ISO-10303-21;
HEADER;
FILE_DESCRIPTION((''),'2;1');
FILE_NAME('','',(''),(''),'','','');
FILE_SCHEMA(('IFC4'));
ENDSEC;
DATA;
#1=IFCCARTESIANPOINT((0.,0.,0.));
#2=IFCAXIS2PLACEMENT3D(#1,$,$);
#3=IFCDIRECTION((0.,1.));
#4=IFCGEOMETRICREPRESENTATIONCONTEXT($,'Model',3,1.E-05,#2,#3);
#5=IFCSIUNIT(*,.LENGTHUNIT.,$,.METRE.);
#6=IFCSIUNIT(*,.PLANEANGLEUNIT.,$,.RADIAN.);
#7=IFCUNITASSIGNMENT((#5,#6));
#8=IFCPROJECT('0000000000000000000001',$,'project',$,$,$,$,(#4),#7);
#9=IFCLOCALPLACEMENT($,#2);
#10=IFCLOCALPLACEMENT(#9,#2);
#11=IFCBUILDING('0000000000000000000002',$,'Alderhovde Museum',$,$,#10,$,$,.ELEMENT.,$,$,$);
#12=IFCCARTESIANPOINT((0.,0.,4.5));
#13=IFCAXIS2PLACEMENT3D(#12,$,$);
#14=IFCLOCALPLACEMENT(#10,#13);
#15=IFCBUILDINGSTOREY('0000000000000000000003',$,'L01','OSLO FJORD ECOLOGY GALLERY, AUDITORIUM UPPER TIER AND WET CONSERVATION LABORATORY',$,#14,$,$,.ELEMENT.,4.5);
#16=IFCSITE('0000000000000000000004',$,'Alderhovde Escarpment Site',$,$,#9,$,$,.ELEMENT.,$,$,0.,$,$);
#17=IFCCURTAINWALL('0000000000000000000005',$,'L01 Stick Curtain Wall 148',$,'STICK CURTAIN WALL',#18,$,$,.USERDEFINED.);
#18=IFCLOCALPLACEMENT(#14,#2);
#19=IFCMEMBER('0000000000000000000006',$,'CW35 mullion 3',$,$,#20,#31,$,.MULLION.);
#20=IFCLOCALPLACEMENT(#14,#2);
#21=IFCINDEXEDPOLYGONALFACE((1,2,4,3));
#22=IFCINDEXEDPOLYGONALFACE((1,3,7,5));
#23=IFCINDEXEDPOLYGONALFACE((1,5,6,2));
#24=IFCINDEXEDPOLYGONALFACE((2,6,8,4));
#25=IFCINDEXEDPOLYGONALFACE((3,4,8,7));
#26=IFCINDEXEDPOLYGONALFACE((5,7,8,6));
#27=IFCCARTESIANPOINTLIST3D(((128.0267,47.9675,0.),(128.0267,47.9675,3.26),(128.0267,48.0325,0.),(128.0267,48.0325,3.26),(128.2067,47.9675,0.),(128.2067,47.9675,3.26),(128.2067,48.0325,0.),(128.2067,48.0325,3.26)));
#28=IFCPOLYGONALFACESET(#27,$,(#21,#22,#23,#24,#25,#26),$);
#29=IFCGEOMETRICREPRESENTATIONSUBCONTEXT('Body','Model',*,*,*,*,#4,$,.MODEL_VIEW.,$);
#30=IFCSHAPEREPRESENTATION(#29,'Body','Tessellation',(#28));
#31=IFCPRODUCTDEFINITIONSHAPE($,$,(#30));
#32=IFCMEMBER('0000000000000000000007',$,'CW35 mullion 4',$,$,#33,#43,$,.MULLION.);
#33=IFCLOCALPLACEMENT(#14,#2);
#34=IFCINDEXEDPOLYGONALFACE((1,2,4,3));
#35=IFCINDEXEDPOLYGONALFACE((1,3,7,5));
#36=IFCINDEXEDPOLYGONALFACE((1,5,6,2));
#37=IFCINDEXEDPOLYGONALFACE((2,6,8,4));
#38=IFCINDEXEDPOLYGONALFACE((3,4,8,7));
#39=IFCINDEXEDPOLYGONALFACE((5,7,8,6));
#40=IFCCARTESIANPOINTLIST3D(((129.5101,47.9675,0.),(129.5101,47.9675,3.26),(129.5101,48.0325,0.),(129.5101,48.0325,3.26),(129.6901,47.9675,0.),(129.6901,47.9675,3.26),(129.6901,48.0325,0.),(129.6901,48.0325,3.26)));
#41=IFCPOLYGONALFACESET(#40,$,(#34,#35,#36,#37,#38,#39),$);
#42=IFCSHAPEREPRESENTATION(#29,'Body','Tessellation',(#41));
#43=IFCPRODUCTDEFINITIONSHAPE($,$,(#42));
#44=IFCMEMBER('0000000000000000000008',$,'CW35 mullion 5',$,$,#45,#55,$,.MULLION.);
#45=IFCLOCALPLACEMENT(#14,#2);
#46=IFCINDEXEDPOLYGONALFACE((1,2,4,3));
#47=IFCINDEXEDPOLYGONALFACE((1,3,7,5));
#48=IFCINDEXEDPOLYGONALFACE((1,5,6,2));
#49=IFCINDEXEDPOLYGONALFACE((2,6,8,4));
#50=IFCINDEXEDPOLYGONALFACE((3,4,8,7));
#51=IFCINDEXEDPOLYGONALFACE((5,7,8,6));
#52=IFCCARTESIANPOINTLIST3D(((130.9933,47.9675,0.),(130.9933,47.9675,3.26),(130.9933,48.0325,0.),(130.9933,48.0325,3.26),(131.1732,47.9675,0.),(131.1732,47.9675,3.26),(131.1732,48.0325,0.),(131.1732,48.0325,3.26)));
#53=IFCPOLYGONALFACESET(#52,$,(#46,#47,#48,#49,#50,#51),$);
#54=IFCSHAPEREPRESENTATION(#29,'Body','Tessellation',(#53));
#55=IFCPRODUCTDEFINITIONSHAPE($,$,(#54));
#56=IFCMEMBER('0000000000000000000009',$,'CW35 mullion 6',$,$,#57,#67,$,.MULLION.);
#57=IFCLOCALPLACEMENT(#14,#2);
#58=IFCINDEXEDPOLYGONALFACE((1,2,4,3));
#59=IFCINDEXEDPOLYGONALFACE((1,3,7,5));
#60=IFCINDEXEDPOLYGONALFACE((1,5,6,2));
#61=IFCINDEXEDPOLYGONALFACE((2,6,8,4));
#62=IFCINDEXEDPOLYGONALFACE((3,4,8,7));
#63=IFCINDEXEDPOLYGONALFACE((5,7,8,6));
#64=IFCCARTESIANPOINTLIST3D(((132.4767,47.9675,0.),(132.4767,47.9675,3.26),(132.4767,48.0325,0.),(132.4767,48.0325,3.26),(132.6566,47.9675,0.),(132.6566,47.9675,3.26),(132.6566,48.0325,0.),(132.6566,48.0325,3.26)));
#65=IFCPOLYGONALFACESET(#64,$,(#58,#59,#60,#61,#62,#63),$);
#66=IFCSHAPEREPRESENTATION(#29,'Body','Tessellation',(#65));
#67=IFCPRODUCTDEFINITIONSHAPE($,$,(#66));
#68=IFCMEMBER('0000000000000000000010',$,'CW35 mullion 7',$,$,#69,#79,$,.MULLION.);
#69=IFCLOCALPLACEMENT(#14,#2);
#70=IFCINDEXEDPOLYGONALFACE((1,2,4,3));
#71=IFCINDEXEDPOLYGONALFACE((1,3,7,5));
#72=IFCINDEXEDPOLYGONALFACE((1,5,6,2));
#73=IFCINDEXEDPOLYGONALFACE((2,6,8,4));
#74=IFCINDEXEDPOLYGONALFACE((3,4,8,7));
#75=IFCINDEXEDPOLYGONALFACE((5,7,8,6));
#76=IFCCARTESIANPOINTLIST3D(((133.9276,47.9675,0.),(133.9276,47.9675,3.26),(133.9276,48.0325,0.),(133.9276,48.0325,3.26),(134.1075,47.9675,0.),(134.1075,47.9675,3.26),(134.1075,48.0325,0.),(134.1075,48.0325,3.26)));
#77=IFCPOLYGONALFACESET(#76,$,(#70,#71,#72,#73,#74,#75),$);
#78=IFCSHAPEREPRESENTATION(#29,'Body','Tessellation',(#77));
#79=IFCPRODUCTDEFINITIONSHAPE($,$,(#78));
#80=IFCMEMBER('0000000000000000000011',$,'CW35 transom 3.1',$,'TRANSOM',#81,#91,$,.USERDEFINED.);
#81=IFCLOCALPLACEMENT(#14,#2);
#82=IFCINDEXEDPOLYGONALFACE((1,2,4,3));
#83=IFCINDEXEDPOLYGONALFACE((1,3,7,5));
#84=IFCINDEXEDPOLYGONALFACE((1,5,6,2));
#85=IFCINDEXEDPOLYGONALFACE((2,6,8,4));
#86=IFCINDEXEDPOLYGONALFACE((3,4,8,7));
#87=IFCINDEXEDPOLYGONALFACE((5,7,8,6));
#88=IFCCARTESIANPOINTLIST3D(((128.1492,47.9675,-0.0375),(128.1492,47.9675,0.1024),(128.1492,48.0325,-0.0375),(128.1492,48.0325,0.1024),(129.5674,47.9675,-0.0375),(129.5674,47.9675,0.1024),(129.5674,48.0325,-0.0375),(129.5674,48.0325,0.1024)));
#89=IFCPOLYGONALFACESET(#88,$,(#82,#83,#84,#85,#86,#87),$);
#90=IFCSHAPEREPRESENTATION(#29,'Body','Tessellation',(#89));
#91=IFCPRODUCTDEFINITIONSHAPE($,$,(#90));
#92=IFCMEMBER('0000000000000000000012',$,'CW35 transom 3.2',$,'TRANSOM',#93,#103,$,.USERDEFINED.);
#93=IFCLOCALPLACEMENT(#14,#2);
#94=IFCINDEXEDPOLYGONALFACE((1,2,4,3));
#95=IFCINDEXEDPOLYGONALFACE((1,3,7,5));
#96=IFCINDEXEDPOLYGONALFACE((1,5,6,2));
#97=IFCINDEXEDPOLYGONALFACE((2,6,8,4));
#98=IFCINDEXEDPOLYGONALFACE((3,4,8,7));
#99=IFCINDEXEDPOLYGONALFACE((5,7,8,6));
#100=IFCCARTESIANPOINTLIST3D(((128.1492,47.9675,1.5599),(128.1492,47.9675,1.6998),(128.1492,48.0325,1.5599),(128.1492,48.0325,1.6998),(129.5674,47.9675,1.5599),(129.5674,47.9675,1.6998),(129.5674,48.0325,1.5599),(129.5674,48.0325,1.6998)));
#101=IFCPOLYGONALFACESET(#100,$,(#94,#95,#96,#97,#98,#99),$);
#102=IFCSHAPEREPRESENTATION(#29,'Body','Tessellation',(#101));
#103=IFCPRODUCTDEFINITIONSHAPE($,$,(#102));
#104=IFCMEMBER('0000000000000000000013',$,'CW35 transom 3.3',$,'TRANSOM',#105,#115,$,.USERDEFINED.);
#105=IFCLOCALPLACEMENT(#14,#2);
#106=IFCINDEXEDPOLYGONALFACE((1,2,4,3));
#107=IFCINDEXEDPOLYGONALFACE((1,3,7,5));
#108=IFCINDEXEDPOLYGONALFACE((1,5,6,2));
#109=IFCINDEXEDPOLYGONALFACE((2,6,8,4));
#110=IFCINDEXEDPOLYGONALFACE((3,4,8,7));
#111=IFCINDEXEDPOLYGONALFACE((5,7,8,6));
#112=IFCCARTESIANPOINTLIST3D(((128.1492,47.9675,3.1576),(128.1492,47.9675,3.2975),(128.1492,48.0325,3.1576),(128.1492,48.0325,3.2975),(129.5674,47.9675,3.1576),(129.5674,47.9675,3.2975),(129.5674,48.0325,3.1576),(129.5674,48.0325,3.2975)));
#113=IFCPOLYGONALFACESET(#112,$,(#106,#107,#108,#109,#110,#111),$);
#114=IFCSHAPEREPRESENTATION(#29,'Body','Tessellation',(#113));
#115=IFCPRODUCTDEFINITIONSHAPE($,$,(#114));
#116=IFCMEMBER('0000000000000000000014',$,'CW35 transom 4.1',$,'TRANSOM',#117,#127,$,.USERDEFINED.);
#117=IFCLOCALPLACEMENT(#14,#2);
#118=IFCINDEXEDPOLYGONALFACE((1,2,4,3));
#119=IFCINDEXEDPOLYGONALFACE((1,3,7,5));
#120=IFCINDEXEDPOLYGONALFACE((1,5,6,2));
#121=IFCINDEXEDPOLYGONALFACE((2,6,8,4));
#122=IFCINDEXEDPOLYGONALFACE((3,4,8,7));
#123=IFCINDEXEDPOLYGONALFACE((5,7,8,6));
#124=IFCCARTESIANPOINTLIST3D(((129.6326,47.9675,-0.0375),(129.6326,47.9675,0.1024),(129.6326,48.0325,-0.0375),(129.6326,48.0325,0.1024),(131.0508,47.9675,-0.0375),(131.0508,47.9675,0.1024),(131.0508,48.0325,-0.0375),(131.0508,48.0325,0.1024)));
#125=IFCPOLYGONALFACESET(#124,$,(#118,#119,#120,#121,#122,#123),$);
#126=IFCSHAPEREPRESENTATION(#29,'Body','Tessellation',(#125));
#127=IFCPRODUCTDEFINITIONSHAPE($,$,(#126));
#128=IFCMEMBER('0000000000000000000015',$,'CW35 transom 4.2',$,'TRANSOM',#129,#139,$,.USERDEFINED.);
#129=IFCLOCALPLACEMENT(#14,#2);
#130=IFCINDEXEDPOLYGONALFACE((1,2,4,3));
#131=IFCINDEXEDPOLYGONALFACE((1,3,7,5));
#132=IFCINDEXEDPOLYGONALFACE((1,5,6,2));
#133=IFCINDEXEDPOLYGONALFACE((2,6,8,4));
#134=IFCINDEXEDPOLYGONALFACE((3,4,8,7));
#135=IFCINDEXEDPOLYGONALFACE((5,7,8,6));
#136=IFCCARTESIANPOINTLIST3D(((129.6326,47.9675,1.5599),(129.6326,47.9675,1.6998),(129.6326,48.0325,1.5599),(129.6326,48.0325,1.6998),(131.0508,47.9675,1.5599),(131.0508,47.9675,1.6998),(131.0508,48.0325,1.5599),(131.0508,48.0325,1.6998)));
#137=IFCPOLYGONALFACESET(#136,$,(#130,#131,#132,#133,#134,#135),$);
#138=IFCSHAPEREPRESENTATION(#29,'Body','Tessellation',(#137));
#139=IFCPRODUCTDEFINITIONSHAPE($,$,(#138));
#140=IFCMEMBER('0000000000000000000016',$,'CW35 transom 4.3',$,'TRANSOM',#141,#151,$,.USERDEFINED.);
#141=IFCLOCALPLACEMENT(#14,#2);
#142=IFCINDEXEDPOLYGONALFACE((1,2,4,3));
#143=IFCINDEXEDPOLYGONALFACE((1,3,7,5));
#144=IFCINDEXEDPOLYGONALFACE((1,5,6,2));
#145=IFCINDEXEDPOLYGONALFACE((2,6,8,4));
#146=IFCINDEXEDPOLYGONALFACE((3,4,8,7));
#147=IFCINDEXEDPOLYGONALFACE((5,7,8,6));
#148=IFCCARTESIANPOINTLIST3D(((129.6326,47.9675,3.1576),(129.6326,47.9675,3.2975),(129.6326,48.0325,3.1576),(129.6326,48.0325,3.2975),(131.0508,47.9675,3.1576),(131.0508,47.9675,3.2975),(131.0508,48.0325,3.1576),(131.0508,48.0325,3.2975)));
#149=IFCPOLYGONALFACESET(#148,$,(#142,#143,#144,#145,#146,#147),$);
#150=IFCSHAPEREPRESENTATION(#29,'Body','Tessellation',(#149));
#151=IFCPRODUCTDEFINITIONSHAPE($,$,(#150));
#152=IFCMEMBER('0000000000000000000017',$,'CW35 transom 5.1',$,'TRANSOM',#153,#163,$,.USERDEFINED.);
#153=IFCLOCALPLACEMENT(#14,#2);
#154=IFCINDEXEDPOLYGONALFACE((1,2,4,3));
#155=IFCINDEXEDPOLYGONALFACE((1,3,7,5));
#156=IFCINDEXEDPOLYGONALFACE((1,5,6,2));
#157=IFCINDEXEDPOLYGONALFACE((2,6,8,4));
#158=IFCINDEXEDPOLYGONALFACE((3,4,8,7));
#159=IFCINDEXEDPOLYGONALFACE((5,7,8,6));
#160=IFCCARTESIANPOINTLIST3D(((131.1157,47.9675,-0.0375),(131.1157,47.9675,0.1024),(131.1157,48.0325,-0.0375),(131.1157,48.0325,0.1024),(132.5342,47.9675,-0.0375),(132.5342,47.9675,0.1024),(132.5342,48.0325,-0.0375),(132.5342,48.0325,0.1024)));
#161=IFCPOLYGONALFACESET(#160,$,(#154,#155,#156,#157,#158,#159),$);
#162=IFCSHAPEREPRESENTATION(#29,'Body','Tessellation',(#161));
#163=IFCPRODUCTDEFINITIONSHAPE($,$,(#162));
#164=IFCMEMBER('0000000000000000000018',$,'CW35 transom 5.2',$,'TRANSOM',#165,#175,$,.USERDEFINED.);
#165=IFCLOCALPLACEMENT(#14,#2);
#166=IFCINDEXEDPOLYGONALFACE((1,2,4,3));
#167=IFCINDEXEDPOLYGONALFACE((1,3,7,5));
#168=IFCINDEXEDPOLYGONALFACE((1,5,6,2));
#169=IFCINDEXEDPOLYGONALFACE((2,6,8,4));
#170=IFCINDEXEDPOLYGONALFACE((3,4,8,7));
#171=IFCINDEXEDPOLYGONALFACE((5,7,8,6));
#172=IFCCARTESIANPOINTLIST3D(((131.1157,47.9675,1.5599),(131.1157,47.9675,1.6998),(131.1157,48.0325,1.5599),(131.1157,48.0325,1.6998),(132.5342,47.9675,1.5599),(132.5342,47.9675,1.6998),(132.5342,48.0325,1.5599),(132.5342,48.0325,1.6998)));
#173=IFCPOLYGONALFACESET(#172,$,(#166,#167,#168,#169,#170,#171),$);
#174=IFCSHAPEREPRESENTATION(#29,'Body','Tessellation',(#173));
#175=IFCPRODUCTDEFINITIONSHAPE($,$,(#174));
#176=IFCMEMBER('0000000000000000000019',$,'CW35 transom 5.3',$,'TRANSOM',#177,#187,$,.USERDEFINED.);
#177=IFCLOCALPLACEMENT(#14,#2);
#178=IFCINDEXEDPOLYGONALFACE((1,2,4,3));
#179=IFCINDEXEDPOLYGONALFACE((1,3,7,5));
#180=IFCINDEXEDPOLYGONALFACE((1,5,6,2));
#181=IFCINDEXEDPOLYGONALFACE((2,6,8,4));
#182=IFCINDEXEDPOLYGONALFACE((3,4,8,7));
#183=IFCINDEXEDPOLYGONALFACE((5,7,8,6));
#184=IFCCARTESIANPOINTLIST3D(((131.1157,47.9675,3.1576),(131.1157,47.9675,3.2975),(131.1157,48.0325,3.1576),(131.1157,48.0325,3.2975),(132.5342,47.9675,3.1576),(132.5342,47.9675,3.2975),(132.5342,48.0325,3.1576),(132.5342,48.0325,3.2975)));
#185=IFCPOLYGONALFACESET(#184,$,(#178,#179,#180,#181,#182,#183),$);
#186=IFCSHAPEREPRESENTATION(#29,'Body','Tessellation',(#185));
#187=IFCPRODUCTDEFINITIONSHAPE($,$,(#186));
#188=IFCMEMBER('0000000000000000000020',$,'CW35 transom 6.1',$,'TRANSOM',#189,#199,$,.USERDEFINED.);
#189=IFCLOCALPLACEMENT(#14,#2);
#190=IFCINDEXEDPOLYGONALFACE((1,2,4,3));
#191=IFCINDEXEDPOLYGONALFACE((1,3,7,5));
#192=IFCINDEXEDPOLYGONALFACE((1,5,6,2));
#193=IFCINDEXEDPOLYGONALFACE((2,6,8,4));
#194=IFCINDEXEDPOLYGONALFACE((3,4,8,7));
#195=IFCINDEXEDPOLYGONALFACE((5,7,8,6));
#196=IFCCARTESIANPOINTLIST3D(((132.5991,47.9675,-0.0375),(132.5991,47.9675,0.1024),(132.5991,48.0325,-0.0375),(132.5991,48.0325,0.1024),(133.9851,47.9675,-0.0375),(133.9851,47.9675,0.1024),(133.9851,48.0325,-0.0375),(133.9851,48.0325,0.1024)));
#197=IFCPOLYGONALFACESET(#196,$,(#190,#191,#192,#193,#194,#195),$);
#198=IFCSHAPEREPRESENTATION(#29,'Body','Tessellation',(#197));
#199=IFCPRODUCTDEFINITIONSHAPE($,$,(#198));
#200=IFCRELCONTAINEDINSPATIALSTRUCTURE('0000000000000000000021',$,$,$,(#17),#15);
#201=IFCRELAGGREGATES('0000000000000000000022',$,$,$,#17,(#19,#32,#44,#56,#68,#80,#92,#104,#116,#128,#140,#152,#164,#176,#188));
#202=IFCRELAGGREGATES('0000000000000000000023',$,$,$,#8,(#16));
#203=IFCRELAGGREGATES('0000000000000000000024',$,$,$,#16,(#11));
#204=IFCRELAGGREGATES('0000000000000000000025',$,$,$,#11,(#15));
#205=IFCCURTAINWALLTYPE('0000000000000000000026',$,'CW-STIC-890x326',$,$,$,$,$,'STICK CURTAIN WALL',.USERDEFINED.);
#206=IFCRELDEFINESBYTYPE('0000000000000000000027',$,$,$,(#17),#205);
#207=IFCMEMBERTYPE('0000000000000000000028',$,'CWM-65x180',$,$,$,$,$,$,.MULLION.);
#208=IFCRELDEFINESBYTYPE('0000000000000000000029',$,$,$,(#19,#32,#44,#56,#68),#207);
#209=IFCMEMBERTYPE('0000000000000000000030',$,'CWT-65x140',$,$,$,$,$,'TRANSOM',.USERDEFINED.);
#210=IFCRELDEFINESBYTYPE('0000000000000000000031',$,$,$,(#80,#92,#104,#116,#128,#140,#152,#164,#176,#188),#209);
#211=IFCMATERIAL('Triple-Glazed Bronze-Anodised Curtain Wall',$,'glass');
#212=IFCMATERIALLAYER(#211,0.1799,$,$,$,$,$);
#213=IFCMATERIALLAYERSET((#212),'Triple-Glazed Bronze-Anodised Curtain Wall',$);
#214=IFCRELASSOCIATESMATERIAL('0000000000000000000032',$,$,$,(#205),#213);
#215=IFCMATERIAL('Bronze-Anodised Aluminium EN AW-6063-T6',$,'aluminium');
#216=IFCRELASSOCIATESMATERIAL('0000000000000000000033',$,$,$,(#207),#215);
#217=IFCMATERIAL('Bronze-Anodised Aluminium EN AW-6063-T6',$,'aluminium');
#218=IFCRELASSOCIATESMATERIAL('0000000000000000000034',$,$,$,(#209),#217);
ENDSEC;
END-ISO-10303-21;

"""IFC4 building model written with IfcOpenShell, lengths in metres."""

from ifc_helpers import new_model, si_unit, direction, frame, origin, origin_2d, place, context, subcontext, project, spatial, rectangle, extrude, material, layer, layer_set, material_profile, profile_set, type_object, element, aggregate, save


model = new_model("IFC4")

# Units and contexts
model_context = context("Model", 3, precision=1e-05, world=origin(), true_north=direction((0.0, 1.0)))
body_context = subcontext(model_context, "Body", "Model", "MODEL_VIEW")
ifc_project = project(units=[si_unit("LENGTHUNIT", "METRE"), si_unit("PLANEANGLEUNIT", "RADIAN")], contexts=[model_context])

# Site, building, storey
site_placement = place(None, origin())
site = spatial("IfcSite", under=ifc_project, at=site_placement, Name="Alderhovde Escarpment Site", CompositionType="ELEMENT", RefElevation=0.0)
building_placement = place(site_placement, origin())
building = spatial("IfcBuilding", under=site, at=building_placement, Name="Alderhovde Museum", CompositionType="ELEMENT")
storey_placement = place(building_placement, frame((0.0, 0.0, 4.5)))
storey = spatial("IfcBuildingStorey", under=building, at=storey_placement, Name="L01", Description="OSLO FJORD ECOLOGY GALLERY, AUDITORIUM UPPER TIER AND WET CONSERVATION LABORATORY", CompositionType="ELEMENT", Elevation=4.5)

# Curtain wall, members
ifc_material_1 = material(Name="Triple-Glazed Bronze-Anodised Curtain Wall", Category="glass")
ifc_layer_1 = layer(ifc_material_1, 0.1799)
ifc_layer_set_1 = layer_set([ifc_layer_1], Name="Triple-Glazed Bronze-Anodised Curtain Wall")
curtain_wall_type = type_object("IfcCurtainWallType", Name="CW-STIC-890x326", ElementType="STICK CURTAIN WALL", PredefinedType="USERDEFINED", material=ifc_layer_set_1)
curtain_wall_placement = place(storey_placement, origin())
curtain_wall = element("IfcCurtainWall", 1, at=curtain_wall_placement, inside=storey, type_object=curtain_wall_type, Name="L01 Stick Curtain Wall 148", ObjectType="STICK CURTAIN WALL", PredefinedType="USERDEFINED")
ifc_material_2 = material(Name="Bronze-Anodised Aluminium EN AW-6063-T6", Category="aluminium")
ifc_material_profile_1 = material_profile(ifc_material_2, rectangle(XDim=0.0649, YDim=0.1799, at=origin_2d()), Name="MULLION 65x180")
ifc_profile_set_1 = profile_set([ifc_material_profile_1], Name="Bronze-Anodised Aluminium EN AW-6063-T6")
member_type_1 = type_object("IfcMemberType", Name="CWM-65x180", PredefinedType="MULLION", material=ifc_profile_set_1)
member_1_placement = place(storey_placement, frame((128.1167, 48.0, 0.0), z_axis=(0.0, 0.0, 1.0), x_axis=(0.0, 1.0, 0.0)))
member_1 = element("IfcMember", 2, at=member_1_placement, type_object=member_type_1, Name="CW35 mullion 3", PredefinedType="MULLION", context=body_context, shape_type="SweptSolid", body=[
    extrude(rectangle(XDim=0.0649, YDim=0.1799, at=origin_2d()), origin(), (0.0, 0.0, 1.0), 3.26),
])
member_2_placement = place(storey_placement, frame((129.6001, 48.0, 0.0), z_axis=(0.0, 0.0, 1.0), x_axis=(0.0, 1.0, 0.0)))
member_2 = element("IfcMember", 3, at=member_2_placement, type_object=member_type_1, Name="CW35 mullion 4", PredefinedType="MULLION", context=body_context, shape_type="SweptSolid", body=[
    extrude(rectangle(XDim=0.0649, YDim=0.1799, at=origin_2d()), origin(), (0.0, 0.0, 1.0), 3.26),
])
member_3_placement = place(storey_placement, frame((131.0833, 48.0, 0.0), z_axis=(0.0, 0.0, 1.0), x_axis=(0.0, 1.0, 0.0)))
member_3 = element("IfcMember", 4, at=member_3_placement, type_object=member_type_1, Name="CW35 mullion 5", PredefinedType="MULLION", context=body_context, shape_type="SweptSolid", body=[
    extrude(rectangle(XDim=0.0649, YDim=0.1799, at=origin_2d()), origin(), (0.0, 0.0, 1.0), 3.26),
])
member_4_placement = place(storey_placement, frame((132.5667, 48.0, 0.0), z_axis=(0.0, 0.0, 1.0), x_axis=(0.0, 1.0, 0.0)))
member_4 = element("IfcMember", 5, at=member_4_placement, type_object=member_type_1, Name="CW35 mullion 6", PredefinedType="MULLION", context=body_context, shape_type="SweptSolid", body=[
    extrude(rectangle(XDim=0.0649, YDim=0.1799, at=origin_2d()), origin(), (0.0, 0.0, 1.0), 3.26),
])
member_5_placement = place(storey_placement, frame((134.0176, 48.0, 0.0), z_axis=(0.0, 0.0, 1.0), x_axis=(0.0, 1.0, 0.0)))
member_5 = element("IfcMember", 6, at=member_5_placement, type_object=member_type_1, Name="CW35 mullion 7", PredefinedType="MULLION", context=body_context, shape_type="SweptSolid", body=[
    extrude(rectangle(XDim=0.0649, YDim=0.1799, at=origin_2d()), origin(), (0.0, 0.0, 1.0), 3.26),
])
ifc_material_3 = material(Name="Bronze-Anodised Aluminium EN AW-6063-T6", Category="aluminium")
ifc_material_profile_2 = material_profile(ifc_material_3, rectangle(XDim=0.0649, YDim=0.1399, at=origin_2d()), Name="TRANSOM 65x140")
ifc_profile_set_2 = profile_set([ifc_material_profile_2], Name="Bronze-Anodised Aluminium EN AW-6063-T6")
member_type_2 = type_object("IfcMemberType", Name="CWT-65x140", ElementType="TRANSOM", PredefinedType="USERDEFINED", material=ifc_profile_set_2)
member_6_placement = place(storey_placement, frame((128.1492, 48.0, 0.0325), z_axis=(1.0, 0.0, 0.0), x_axis=(0.0, 1.0, 0.0)))
member_6 = element("IfcMember", 7, at=member_6_placement, type_object=member_type_2, Name="CW35 transom 3.1", ObjectType="TRANSOM", PredefinedType="USERDEFINED", context=body_context, shape_type="SweptSolid", body=[
    extrude(rectangle(XDim=0.0649, YDim=0.1399, at=origin_2d()), origin(), (0.0, 0.0, 1.0), 1.4182),
])
member_7_placement = place(storey_placement, frame((128.1492, 48.0, 1.6299), z_axis=(1.0, 0.0, 0.0), x_axis=(0.0, 1.0, 0.0)))
member_7 = element("IfcMember", 8, at=member_7_placement, type_object=member_type_2, Name="CW35 transom 3.2", ObjectType="TRANSOM", PredefinedType="USERDEFINED", context=body_context, shape_type="SweptSolid", body=[
    extrude(rectangle(XDim=0.0649, YDim=0.1399, at=origin_2d()), origin(), (0.0, 0.0, 1.0), 1.4182),
])
member_8_placement = place(storey_placement, frame((128.1492, 48.0, 3.2275), z_axis=(1.0, 0.0, 0.0), x_axis=(0.0, 1.0, 0.0)))
member_8 = element("IfcMember", 9, at=member_8_placement, type_object=member_type_2, Name="CW35 transom 3.3", ObjectType="TRANSOM", PredefinedType="USERDEFINED", context=body_context, shape_type="SweptSolid", body=[
    extrude(rectangle(XDim=0.0649, YDim=0.1399, at=origin_2d()), origin(), (0.0, 0.0, 1.0), 1.4182),
])
member_9_placement = place(storey_placement, frame((129.6326, 48.0, 0.0325), z_axis=(1.0, 0.0, 0.0), x_axis=(0.0, 1.0, 0.0)))
member_9 = element("IfcMember", 10, at=member_9_placement, type_object=member_type_2, Name="CW35 transom 4.1", ObjectType="TRANSOM", PredefinedType="USERDEFINED", context=body_context, shape_type="SweptSolid", body=[
    extrude(rectangle(XDim=0.0649, YDim=0.1399, at=origin_2d()), origin(), (0.0, 0.0, 1.0), 1.4182),
])
member_10_placement = place(storey_placement, frame((129.6326, 48.0, 1.6299), z_axis=(1.0, 0.0, 0.0), x_axis=(0.0, 1.0, 0.0)))
member_10 = element("IfcMember", 11, at=member_10_placement, type_object=member_type_2, Name="CW35 transom 4.2", ObjectType="TRANSOM", PredefinedType="USERDEFINED", context=body_context, shape_type="SweptSolid", body=[
    extrude(rectangle(XDim=0.0649, YDim=0.1399, at=origin_2d()), origin(), (0.0, 0.0, 1.0), 1.4182),
])
member_11_placement = place(storey_placement, frame((129.6326, 48.0, 3.2275), z_axis=(1.0, 0.0, 0.0), x_axis=(0.0, 1.0, 0.0)))
member_11 = element("IfcMember", 12, at=member_11_placement, type_object=member_type_2, Name="CW35 transom 4.3", ObjectType="TRANSOM", PredefinedType="USERDEFINED", context=body_context, shape_type="SweptSolid", body=[
    extrude(rectangle(XDim=0.0649, YDim=0.1399, at=origin_2d()), origin(), (0.0, 0.0, 1.0), 1.4182),
])
member_12_placement = place(storey_placement, frame((131.1157, 48.0, 0.0325), z_axis=(1.0, 0.0, 0.0), x_axis=(0.0, 1.0, 0.0)))
member_12 = element("IfcMember", 13, at=member_12_placement, type_object=member_type_2, Name="CW35 transom 5.1", ObjectType="TRANSOM", PredefinedType="USERDEFINED", context=body_context, shape_type="SweptSolid", body=[
    extrude(rectangle(XDim=0.0649, YDim=0.1399, at=origin_2d()), origin(), (0.0, 0.0, 1.0), 1.4185),
])
member_13_placement = place(storey_placement, frame((131.1157, 48.0, 1.6299), z_axis=(1.0, 0.0, 0.0), x_axis=(0.0, 1.0, 0.0)))
member_13 = element("IfcMember", 14, at=member_13_placement, type_object=member_type_2, Name="CW35 transom 5.2", ObjectType="TRANSOM", PredefinedType="USERDEFINED", context=body_context, shape_type="SweptSolid", body=[
    extrude(rectangle(XDim=0.0649, YDim=0.1399, at=origin_2d()), origin(), (0.0, 0.0, 1.0), 1.4185),
])
member_14_placement = place(storey_placement, frame((131.1157, 48.0, 3.2275), z_axis=(1.0, 0.0, 0.0), x_axis=(0.0, 1.0, 0.0)))
member_14 = element("IfcMember", 15, at=member_14_placement, type_object=member_type_2, Name="CW35 transom 5.3", ObjectType="TRANSOM", PredefinedType="USERDEFINED", context=body_context, shape_type="SweptSolid", body=[
    extrude(rectangle(XDim=0.0649, YDim=0.1399, at=origin_2d()), origin(), (0.0, 0.0, 1.0), 1.4185),
])
member_15_placement = place(storey_placement, frame((132.5991, 48.0, 0.0325), z_axis=(1.0, 0.0, 0.0), x_axis=(0.0, 1.0, 0.0)))
member_15 = element("IfcMember", 16, at=member_15_placement, type_object=member_type_2, Name="CW35 transom 6.1", ObjectType="TRANSOM", PredefinedType="USERDEFINED", context=body_context, shape_type="SweptSolid", body=[
    extrude(rectangle(XDim=0.0649, YDim=0.1399, at=origin_2d()), origin(), (0.0, 0.0, 1.0), 1.386),
])

aggregate(curtain_wall, [member_1, member_2, member_3, member_4, member_5, member_6, member_7, member_8, member_9, member_10, member_11, member_12, member_13, member_14, member_15])

save(model, "model.ifc")
